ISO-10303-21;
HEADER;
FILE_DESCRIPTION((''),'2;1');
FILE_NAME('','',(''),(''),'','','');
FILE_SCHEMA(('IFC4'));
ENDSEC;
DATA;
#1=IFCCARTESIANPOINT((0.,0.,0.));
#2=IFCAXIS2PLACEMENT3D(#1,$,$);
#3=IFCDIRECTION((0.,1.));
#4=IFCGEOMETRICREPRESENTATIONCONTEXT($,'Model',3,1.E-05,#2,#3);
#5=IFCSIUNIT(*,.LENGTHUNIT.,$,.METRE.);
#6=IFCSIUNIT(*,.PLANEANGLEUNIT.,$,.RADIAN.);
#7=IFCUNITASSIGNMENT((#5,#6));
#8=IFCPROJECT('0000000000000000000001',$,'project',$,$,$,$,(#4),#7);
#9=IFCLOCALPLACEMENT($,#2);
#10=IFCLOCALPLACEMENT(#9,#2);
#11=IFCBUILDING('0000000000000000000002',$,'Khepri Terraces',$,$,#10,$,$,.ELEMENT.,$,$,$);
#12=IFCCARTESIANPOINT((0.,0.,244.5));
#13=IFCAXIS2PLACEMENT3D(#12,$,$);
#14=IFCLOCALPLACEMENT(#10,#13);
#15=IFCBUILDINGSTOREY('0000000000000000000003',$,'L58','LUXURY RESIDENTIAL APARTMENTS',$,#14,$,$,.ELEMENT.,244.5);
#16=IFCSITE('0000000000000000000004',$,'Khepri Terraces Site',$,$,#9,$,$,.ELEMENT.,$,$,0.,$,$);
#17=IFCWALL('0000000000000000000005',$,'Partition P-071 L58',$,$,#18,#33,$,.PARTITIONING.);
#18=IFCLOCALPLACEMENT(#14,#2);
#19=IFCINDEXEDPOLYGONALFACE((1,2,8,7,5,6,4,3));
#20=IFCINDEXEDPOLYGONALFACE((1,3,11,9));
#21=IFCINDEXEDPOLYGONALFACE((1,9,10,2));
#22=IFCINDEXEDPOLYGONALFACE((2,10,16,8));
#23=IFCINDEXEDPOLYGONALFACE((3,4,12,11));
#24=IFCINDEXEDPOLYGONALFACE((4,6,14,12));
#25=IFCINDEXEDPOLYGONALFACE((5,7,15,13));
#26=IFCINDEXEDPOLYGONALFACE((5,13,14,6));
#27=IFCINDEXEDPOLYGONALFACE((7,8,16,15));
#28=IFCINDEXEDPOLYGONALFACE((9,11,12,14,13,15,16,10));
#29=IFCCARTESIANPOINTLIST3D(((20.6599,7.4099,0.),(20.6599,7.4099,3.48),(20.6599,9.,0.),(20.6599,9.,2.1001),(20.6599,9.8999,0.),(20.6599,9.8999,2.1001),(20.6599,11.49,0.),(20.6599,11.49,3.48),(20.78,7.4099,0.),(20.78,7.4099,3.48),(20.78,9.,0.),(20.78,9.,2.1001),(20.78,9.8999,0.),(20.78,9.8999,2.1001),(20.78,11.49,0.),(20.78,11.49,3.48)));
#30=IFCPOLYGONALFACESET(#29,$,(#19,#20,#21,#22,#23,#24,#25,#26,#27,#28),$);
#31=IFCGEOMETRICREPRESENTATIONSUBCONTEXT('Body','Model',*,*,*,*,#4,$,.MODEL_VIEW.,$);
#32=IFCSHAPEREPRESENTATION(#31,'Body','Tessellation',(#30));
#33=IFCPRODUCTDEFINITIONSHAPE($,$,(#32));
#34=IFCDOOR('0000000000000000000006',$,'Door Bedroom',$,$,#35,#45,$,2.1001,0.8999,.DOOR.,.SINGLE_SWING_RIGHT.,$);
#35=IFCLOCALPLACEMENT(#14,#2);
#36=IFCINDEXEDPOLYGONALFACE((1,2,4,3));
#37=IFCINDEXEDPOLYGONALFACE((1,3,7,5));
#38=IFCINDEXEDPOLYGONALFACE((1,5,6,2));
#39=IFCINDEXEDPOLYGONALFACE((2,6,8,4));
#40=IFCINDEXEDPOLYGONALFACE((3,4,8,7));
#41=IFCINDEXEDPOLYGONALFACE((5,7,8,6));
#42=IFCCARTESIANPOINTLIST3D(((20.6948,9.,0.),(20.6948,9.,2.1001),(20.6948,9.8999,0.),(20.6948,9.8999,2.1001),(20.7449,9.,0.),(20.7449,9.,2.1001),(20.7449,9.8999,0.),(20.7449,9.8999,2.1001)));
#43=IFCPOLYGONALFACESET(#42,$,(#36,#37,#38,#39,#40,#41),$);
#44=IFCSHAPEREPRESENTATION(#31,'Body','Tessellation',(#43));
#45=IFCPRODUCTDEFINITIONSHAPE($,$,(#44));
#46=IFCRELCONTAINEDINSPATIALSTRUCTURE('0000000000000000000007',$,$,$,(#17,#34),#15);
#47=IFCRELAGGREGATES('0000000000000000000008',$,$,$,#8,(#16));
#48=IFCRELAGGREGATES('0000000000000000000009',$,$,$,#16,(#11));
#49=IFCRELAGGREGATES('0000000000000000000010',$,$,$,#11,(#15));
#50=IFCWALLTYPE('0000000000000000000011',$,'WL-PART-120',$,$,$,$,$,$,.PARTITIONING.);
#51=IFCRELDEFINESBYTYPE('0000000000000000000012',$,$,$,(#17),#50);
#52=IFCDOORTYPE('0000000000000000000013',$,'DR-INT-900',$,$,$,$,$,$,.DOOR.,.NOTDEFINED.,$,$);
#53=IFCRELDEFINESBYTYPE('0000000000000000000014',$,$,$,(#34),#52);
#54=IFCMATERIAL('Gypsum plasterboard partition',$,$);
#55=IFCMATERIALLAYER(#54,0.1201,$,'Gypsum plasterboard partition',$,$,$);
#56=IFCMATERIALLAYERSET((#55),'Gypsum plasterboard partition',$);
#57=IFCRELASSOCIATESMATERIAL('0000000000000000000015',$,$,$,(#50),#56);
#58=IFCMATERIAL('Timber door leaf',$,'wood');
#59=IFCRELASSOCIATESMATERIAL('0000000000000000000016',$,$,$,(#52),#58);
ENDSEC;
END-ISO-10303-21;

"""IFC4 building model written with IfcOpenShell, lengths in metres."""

from ifc_helpers import new_model, si_unit, direction, frame, frame_2d, origin, place, context, subcontext, project, spatial, rectangle, extrude, material, layer, layer_set, type_object, element, fill, save


model = new_model("IFC4")

# Units and contexts
model_context = context("Model", 3, precision=1e-05, world=origin(), true_north=direction((0.0, 1.0)))
body_context = subcontext(model_context, "Body", "Model", "MODEL_VIEW")
ifc_project = project(units=[si_unit("LENGTHUNIT", "METRE"), si_unit("PLANEANGLEUNIT", "RADIAN")], contexts=[model_context])

# Site, building, storey
site_placement = place(None, origin())
site = spatial("IfcSite", under=ifc_project, at=site_placement, Name="Khepri Terraces Site", CompositionType="ELEMENT", RefElevation=0.0)
building_placement = place(site_placement, origin())
building = spatial("IfcBuilding", under=site, at=building_placement, Name="Khepri Terraces", CompositionType="ELEMENT")
storey_placement = place(building_placement, frame((0.0, 0.0, 244.5)))
storey = spatial("IfcBuildingStorey", under=building, at=storey_placement, Name="L58", Description="LUXURY RESIDENTIAL APARTMENTS", CompositionType="ELEMENT", Elevation=244.5)

# Shared definitions
ifc_material_1 = material(Name="Gypsum plasterboard partition")
ifc_layer_1 = layer(ifc_material_1, 0.1201, Name="Gypsum plasterboard partition")
ifc_layer_set_1 = layer_set([ifc_layer_1], Name="Gypsum plasterboard partition")
wall_type_1 = type_object("IfcWallType", Name="WL-PART-120", PredefinedType="PARTITIONING", material=ifc_layer_set_1)

# Wall, opening, door
wall_1_placement = place(storey_placement, frame((20.72, 7.4099, 0.0), z_axis=(0.0, 0.0, 1.0), x_axis=(0.0, 1.0, 0.0)))
wall_1 = element("IfcWall", 1, at=wall_1_placement, inside=storey, type_object=wall_type_1, Name="Partition P-071 L58", PredefinedType="PARTITIONING", context=body_context, shape_type="SweptSolid", body=[
    extrude(rectangle(XDim=4.0801, YDim=0.1201, at=frame_2d((2.04, 0.0))), origin(), (0.0, 0.0, 1.0), 3.48),
])
opening_1_placement = place(wall_1_placement, frame((1.5901, 0.0, 0.0)))
opening_1 = element("IfcOpeningElement", 2, at=opening_1_placement, cuts=wall_1, PredefinedType="OPENING", context=body_context, shape_type="SweptSolid", body=[
    extrude(rectangle(XDim=0.8999, YDim=2.1001, at=frame_2d((0.45, 1.05))), frame((0.0, 0.0701, 0.0), z_axis=(0.0, -1.0, 0.0), x_axis=(1.0, 0.0, 0.0)), (0.0, 0.0, 1.0), 0.1401),
])
ifc_material_2 = material(Name="Timber door leaf", Category="wood")
door_type_1 = type_object("IfcDoorType", Name="DR-INT-900", OperationType="NOTDEFINED", PredefinedType="DOOR", material=ifc_material_2)
door_1_placement = place(opening_1_placement, frame((0.8999, 0.0, 0.0), z_axis=(0.0, 0.0, 1.0), x_axis=(-1.0, 0.0, 0.0)))
door_1 = element("IfcDoor", 3, at=door_1_placement, inside=storey, type_object=door_type_1, Name="Door Bedroom", OperationType="SINGLE_SWING_RIGHT", OverallHeight=2.1001, OverallWidth=0.8999, PredefinedType="DOOR", context=body_context, shape_type="SweptSolid", body=[
    extrude(rectangle(XDim=0.8999, YDim=2.1001, at=frame_2d((0.45, 1.05))), frame((0.0, 0.0249, 0.0), z_axis=(0.0, -1.0, 0.0), x_axis=(1.0, 0.0, 0.0)), (0.0, 0.0, 1.0), 0.05),
])
fill(opening_1, door_1)

save(model, "model.ifc")
